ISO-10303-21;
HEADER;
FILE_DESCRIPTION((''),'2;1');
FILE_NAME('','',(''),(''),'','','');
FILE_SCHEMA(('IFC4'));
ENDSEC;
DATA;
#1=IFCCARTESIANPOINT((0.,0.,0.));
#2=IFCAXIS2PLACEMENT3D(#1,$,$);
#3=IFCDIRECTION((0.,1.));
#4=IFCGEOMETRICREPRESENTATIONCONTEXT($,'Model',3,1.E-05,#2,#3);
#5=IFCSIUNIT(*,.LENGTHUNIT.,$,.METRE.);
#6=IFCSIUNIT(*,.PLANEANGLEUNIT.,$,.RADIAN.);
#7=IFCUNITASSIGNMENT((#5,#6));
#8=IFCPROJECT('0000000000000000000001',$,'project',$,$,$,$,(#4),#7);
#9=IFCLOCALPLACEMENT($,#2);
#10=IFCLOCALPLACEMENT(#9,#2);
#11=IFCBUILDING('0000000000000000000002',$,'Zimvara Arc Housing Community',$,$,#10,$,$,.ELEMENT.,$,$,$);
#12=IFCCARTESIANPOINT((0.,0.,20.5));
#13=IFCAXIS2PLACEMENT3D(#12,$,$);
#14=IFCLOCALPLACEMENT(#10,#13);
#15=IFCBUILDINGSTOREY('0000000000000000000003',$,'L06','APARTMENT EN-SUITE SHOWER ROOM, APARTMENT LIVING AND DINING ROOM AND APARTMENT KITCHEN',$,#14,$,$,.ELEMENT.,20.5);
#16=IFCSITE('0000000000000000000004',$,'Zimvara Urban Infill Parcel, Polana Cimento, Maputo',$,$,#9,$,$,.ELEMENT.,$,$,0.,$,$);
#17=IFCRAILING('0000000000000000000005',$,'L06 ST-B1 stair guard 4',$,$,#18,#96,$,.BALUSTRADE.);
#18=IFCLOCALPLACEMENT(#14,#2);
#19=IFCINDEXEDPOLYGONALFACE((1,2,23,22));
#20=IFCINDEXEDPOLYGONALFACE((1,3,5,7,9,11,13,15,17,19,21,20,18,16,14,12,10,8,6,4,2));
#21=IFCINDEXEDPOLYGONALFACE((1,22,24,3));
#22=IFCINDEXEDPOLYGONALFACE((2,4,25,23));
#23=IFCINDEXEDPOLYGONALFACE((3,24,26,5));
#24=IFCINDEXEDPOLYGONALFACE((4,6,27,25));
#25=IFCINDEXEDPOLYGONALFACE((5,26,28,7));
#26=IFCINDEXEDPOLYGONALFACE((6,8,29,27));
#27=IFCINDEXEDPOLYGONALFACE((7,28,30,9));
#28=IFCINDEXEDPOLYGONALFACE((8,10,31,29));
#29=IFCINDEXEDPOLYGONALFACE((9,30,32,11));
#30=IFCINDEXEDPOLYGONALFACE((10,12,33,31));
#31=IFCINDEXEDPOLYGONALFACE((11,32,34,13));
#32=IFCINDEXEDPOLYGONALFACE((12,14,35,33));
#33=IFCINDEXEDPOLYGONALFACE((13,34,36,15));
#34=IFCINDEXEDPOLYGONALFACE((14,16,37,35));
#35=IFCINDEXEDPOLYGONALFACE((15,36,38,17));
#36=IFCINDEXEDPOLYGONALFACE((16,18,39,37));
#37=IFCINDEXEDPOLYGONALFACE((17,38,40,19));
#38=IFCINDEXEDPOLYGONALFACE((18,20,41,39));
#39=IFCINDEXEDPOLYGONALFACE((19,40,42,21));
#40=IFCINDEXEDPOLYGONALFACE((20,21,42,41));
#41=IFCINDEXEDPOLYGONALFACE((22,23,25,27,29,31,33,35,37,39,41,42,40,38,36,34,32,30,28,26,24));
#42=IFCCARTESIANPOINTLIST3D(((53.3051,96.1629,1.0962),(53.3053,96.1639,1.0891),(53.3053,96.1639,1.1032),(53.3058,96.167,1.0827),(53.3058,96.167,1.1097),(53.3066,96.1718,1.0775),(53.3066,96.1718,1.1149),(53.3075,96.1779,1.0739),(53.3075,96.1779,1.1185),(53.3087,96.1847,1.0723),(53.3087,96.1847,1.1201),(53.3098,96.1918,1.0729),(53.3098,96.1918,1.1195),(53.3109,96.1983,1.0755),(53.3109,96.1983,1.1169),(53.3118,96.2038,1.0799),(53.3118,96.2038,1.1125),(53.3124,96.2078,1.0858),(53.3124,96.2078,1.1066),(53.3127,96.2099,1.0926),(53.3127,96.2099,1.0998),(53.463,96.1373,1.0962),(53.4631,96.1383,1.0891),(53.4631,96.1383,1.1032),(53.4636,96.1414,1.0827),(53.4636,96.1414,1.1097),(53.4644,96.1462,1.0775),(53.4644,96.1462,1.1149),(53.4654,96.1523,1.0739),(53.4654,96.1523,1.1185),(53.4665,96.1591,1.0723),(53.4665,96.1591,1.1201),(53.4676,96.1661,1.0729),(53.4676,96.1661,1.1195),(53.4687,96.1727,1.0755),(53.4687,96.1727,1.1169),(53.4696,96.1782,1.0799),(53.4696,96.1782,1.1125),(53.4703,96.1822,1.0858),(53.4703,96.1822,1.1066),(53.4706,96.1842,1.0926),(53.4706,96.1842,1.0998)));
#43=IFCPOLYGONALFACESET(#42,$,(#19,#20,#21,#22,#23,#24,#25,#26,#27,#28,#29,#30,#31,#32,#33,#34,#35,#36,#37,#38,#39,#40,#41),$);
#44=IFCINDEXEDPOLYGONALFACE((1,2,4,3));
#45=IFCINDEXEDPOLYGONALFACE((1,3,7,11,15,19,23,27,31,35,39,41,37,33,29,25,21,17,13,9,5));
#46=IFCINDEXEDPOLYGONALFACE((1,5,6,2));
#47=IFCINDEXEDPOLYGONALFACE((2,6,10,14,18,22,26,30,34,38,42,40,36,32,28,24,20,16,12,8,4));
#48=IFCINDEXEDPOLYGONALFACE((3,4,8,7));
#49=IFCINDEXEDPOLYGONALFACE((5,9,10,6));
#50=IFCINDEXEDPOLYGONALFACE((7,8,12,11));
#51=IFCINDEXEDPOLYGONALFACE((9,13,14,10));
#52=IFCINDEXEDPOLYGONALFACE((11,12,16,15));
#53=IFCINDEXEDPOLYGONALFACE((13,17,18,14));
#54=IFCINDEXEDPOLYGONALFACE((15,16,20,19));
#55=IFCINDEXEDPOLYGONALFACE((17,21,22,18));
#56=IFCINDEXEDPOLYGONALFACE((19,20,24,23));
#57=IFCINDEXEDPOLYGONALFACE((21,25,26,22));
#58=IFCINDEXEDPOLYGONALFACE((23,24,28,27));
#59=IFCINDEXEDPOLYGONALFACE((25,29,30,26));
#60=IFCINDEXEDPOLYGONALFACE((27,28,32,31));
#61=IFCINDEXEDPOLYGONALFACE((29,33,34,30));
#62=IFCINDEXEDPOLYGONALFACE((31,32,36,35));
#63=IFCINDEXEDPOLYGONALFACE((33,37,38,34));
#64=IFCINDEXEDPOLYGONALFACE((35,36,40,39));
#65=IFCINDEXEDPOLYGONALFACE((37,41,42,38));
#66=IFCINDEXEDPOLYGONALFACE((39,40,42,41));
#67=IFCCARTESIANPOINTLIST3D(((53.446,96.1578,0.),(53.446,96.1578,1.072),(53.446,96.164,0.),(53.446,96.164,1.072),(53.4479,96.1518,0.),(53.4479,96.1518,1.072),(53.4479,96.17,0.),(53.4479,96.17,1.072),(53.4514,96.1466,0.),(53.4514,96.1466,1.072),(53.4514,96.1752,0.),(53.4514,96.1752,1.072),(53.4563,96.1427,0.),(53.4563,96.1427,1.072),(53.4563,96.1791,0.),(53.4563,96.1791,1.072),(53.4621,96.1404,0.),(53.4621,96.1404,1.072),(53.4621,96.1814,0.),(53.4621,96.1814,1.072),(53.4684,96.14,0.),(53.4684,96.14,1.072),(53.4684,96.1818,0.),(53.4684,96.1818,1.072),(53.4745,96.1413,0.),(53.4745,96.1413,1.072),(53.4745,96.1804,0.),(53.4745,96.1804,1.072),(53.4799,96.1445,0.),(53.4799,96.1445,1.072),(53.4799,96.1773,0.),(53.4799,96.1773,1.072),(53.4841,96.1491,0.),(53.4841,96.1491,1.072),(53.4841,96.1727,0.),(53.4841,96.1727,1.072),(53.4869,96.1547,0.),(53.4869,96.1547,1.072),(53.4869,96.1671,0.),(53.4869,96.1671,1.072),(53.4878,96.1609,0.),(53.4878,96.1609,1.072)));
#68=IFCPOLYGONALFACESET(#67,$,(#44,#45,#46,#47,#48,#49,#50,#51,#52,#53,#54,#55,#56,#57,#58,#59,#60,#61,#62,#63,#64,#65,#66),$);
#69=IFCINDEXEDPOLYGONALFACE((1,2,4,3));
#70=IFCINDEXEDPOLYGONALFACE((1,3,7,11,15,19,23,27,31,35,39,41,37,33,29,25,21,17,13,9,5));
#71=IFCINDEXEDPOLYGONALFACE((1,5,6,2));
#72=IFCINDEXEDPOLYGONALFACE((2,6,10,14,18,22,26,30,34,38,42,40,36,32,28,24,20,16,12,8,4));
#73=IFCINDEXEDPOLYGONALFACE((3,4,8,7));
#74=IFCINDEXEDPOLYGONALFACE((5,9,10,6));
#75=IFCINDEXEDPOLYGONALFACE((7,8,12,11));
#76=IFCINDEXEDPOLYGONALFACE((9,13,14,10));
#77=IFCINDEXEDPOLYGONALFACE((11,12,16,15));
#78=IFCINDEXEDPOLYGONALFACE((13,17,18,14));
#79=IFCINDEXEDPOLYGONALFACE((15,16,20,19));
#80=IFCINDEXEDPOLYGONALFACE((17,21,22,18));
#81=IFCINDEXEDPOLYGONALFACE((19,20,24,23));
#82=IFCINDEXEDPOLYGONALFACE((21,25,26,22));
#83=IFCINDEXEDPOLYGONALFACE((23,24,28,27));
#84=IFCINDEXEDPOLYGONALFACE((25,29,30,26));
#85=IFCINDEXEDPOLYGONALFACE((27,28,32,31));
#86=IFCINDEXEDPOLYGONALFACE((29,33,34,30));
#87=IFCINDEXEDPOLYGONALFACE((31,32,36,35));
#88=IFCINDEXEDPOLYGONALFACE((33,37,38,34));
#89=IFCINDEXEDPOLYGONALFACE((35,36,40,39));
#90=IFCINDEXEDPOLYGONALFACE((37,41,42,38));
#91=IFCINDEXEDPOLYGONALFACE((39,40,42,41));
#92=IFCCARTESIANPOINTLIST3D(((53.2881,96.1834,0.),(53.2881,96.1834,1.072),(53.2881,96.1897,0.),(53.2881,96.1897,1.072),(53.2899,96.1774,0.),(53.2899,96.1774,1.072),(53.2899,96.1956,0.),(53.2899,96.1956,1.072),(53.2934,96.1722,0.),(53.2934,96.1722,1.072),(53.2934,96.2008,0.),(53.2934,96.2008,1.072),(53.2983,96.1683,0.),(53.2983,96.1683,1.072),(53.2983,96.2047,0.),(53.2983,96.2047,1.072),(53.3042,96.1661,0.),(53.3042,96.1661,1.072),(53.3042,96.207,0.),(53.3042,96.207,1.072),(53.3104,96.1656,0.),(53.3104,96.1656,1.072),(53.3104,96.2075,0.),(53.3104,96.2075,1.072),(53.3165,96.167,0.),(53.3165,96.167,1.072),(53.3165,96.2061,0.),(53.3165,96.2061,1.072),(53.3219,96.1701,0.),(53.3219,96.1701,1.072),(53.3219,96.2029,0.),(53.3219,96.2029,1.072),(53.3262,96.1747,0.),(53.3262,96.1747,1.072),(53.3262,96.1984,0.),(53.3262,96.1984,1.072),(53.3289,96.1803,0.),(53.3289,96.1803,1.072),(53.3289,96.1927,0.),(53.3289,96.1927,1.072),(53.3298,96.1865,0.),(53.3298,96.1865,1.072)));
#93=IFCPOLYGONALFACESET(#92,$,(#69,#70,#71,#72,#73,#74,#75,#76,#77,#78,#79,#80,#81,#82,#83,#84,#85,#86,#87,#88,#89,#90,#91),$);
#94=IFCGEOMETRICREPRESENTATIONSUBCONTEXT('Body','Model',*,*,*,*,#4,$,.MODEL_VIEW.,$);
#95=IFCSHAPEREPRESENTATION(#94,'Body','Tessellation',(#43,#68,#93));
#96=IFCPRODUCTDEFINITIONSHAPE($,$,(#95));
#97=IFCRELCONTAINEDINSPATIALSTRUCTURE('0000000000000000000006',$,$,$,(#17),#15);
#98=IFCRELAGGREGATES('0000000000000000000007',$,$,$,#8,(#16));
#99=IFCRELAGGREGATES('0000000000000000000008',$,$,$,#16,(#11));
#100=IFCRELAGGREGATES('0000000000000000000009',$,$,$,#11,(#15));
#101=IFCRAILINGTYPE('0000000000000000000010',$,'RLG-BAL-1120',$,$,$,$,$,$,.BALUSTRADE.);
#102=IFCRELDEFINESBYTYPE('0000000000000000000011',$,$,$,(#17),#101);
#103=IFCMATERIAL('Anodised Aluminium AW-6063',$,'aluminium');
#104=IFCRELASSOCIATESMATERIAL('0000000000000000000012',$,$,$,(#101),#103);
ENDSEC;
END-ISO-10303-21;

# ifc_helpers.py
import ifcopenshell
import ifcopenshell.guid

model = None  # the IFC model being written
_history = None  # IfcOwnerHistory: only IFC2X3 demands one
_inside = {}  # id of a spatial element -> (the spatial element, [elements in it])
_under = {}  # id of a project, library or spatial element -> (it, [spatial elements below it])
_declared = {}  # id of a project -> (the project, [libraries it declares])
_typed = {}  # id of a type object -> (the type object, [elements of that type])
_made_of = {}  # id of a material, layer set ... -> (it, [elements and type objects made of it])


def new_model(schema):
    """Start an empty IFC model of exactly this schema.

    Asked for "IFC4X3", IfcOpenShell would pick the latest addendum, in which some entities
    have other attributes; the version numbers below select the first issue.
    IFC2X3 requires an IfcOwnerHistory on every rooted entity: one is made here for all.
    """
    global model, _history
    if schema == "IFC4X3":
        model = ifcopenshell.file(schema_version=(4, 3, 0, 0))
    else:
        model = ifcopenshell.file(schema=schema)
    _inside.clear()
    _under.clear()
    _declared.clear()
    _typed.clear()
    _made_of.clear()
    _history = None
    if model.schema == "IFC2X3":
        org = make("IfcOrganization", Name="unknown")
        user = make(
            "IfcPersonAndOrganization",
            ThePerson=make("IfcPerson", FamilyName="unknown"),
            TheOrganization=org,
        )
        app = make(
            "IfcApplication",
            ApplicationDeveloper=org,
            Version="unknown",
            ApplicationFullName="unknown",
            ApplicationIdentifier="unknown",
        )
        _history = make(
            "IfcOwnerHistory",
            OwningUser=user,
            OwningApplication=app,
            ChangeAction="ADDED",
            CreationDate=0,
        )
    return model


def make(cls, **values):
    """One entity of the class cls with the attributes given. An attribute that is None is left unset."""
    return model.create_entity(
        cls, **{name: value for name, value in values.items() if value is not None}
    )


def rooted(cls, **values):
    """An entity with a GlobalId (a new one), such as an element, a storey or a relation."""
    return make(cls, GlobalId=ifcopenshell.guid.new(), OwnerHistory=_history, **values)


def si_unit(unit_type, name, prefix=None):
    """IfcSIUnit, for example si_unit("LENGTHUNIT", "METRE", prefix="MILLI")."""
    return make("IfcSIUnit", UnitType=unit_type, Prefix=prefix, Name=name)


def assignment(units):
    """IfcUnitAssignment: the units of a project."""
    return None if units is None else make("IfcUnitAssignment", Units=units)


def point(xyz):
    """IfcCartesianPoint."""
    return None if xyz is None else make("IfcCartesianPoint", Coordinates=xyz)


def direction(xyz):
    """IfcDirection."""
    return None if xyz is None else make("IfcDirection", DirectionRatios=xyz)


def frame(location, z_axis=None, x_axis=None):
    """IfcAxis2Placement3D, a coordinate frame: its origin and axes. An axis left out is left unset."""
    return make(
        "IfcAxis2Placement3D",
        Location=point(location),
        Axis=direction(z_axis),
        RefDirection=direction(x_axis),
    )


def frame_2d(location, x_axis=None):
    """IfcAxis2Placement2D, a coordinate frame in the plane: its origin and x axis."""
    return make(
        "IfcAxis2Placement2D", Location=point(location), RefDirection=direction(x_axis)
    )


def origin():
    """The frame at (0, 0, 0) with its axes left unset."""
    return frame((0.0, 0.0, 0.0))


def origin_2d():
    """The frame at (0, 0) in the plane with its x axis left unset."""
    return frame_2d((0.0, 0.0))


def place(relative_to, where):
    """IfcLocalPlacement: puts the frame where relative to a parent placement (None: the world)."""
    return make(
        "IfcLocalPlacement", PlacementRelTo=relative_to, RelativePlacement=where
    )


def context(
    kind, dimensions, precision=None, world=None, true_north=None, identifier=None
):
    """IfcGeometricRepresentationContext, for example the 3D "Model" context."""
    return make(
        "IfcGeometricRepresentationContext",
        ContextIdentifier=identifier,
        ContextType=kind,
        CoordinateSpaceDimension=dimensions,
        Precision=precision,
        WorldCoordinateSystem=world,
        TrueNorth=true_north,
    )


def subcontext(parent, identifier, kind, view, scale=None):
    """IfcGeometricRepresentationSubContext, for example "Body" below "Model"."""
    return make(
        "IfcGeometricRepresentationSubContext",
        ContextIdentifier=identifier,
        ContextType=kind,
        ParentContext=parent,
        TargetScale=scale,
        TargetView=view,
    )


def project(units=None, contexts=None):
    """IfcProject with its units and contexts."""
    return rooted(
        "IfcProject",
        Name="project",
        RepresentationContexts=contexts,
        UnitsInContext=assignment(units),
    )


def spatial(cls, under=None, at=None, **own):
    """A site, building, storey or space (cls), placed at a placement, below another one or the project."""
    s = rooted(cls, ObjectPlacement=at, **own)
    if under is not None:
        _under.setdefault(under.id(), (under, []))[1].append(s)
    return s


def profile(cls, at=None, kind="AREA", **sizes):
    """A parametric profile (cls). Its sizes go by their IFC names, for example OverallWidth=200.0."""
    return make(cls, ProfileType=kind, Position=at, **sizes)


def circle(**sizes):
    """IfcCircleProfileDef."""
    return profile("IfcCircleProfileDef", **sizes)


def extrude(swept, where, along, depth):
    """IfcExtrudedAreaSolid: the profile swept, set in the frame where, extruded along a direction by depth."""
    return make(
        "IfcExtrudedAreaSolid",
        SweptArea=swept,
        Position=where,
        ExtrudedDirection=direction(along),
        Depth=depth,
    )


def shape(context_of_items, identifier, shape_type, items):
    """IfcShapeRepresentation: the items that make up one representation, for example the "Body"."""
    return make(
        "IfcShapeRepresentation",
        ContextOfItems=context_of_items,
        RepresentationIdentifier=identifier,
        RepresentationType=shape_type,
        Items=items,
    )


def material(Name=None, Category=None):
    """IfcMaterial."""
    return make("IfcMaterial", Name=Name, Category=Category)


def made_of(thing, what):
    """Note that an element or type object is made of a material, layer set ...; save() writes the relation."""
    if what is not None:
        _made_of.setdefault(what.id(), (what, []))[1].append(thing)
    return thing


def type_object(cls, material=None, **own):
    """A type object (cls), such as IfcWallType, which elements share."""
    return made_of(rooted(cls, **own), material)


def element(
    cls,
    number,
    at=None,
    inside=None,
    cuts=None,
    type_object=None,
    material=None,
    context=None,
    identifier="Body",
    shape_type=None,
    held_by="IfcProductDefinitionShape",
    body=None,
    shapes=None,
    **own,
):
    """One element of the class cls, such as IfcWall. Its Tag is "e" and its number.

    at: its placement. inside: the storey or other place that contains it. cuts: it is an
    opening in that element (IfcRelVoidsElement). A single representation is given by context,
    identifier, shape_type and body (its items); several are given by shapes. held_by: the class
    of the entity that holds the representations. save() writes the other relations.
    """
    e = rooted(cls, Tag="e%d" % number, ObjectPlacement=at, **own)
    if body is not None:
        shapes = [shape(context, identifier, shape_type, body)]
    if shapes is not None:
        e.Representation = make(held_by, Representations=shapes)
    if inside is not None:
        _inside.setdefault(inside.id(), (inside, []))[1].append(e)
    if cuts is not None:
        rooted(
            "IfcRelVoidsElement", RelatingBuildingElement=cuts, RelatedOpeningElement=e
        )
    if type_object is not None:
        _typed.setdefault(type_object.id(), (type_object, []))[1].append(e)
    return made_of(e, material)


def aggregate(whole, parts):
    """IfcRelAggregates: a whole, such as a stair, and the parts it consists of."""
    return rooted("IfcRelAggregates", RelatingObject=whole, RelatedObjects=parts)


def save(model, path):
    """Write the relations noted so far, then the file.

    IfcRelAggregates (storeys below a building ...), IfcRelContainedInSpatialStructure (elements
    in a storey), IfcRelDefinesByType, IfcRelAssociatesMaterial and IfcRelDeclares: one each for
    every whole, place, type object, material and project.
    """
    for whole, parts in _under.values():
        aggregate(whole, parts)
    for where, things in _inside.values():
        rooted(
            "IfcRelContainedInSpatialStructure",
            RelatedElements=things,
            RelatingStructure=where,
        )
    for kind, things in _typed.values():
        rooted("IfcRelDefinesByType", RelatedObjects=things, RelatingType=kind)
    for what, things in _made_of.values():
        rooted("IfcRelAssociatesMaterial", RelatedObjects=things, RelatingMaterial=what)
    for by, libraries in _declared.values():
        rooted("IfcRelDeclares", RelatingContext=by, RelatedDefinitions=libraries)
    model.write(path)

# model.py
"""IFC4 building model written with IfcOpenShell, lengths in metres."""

from ifc_helpers import new_model, si_unit, direction, frame, origin, origin_2d, place, context, subcontext, project, spatial, circle, extrude, material, type_object, element, save


model = new_model("IFC4")

# Units and contexts
model_context = context("Model", 3, precision=1e-05, world=origin(), true_north=direction((0.0, 1.0)))
body_context = subcontext(model_context, "Body", "Model", "MODEL_VIEW")
ifc_project = project(units=[si_unit("LENGTHUNIT", "METRE"), si_unit("PLANEANGLEUNIT", "RADIAN")], contexts=[model_context])

# Site, building, storey
site_placement = place(None, origin())
site = spatial("IfcSite", under=ifc_project, at=site_placement, Name="Zimvara Urban Infill Parcel, Polana Cimento, Maputo", CompositionType="ELEMENT", RefElevation=0.0)
building_placement = place(site_placement, origin())
building = spatial("IfcBuilding", under=site, at=building_placement, Name="Zimvara Arc Housing Community", CompositionType="ELEMENT")
storey_placement = place(building_placement, frame((0.0, 0.0, 20.5)))
storey = spatial("IfcBuildingStorey", under=building, at=storey_placement, Name="L06", Description="APARTMENT EN-SUITE SHOWER ROOM, APARTMENT LIVING AND DINING ROOM AND APARTMENT KITCHEN", CompositionType="ELEMENT", Elevation=20.5)

# Railing
ifc_material_1 = material(Name="Anodised Aluminium AW-6063", Category="aluminium")
railing_type_1 = type_object("IfcRailingType", Name="RLG-BAL-1120", PredefinedType="BALUSTRADE", material=ifc_material_1)
railing_1_placement = place(storey_placement, frame((53.4668, 96.1609, 0.0)))
element("IfcRailing", 1, at=railing_1_placement, inside=storey, type_object=railing_type_1, Name="L06 ST-B1 stair guard 4", PredefinedType="BALUSTRADE", context=body_context, shape_type="SweptSolid", body=[
    extrude(circle(Radius=0.0239, at=origin_2d()), frame((0.0, 0.0, 1.0962), z_axis=(-0.987086, 0.160192, 0.0), x_axis=(-0.160192, -0.987086, 0.0)), (0.0, 0.0, 1.0), 0.1599),
    extrude(circle(Radius=0.021, at=origin_2d()), origin(), (0.0, 0.0, 1.0), 1.072),
    extrude(circle(Radius=0.021, at=origin_2d()), frame((-0.158, 0.0256, 0.0)), (0.0, 0.0, 1.0), 1.072),
])

save(model, "model.ifc")
